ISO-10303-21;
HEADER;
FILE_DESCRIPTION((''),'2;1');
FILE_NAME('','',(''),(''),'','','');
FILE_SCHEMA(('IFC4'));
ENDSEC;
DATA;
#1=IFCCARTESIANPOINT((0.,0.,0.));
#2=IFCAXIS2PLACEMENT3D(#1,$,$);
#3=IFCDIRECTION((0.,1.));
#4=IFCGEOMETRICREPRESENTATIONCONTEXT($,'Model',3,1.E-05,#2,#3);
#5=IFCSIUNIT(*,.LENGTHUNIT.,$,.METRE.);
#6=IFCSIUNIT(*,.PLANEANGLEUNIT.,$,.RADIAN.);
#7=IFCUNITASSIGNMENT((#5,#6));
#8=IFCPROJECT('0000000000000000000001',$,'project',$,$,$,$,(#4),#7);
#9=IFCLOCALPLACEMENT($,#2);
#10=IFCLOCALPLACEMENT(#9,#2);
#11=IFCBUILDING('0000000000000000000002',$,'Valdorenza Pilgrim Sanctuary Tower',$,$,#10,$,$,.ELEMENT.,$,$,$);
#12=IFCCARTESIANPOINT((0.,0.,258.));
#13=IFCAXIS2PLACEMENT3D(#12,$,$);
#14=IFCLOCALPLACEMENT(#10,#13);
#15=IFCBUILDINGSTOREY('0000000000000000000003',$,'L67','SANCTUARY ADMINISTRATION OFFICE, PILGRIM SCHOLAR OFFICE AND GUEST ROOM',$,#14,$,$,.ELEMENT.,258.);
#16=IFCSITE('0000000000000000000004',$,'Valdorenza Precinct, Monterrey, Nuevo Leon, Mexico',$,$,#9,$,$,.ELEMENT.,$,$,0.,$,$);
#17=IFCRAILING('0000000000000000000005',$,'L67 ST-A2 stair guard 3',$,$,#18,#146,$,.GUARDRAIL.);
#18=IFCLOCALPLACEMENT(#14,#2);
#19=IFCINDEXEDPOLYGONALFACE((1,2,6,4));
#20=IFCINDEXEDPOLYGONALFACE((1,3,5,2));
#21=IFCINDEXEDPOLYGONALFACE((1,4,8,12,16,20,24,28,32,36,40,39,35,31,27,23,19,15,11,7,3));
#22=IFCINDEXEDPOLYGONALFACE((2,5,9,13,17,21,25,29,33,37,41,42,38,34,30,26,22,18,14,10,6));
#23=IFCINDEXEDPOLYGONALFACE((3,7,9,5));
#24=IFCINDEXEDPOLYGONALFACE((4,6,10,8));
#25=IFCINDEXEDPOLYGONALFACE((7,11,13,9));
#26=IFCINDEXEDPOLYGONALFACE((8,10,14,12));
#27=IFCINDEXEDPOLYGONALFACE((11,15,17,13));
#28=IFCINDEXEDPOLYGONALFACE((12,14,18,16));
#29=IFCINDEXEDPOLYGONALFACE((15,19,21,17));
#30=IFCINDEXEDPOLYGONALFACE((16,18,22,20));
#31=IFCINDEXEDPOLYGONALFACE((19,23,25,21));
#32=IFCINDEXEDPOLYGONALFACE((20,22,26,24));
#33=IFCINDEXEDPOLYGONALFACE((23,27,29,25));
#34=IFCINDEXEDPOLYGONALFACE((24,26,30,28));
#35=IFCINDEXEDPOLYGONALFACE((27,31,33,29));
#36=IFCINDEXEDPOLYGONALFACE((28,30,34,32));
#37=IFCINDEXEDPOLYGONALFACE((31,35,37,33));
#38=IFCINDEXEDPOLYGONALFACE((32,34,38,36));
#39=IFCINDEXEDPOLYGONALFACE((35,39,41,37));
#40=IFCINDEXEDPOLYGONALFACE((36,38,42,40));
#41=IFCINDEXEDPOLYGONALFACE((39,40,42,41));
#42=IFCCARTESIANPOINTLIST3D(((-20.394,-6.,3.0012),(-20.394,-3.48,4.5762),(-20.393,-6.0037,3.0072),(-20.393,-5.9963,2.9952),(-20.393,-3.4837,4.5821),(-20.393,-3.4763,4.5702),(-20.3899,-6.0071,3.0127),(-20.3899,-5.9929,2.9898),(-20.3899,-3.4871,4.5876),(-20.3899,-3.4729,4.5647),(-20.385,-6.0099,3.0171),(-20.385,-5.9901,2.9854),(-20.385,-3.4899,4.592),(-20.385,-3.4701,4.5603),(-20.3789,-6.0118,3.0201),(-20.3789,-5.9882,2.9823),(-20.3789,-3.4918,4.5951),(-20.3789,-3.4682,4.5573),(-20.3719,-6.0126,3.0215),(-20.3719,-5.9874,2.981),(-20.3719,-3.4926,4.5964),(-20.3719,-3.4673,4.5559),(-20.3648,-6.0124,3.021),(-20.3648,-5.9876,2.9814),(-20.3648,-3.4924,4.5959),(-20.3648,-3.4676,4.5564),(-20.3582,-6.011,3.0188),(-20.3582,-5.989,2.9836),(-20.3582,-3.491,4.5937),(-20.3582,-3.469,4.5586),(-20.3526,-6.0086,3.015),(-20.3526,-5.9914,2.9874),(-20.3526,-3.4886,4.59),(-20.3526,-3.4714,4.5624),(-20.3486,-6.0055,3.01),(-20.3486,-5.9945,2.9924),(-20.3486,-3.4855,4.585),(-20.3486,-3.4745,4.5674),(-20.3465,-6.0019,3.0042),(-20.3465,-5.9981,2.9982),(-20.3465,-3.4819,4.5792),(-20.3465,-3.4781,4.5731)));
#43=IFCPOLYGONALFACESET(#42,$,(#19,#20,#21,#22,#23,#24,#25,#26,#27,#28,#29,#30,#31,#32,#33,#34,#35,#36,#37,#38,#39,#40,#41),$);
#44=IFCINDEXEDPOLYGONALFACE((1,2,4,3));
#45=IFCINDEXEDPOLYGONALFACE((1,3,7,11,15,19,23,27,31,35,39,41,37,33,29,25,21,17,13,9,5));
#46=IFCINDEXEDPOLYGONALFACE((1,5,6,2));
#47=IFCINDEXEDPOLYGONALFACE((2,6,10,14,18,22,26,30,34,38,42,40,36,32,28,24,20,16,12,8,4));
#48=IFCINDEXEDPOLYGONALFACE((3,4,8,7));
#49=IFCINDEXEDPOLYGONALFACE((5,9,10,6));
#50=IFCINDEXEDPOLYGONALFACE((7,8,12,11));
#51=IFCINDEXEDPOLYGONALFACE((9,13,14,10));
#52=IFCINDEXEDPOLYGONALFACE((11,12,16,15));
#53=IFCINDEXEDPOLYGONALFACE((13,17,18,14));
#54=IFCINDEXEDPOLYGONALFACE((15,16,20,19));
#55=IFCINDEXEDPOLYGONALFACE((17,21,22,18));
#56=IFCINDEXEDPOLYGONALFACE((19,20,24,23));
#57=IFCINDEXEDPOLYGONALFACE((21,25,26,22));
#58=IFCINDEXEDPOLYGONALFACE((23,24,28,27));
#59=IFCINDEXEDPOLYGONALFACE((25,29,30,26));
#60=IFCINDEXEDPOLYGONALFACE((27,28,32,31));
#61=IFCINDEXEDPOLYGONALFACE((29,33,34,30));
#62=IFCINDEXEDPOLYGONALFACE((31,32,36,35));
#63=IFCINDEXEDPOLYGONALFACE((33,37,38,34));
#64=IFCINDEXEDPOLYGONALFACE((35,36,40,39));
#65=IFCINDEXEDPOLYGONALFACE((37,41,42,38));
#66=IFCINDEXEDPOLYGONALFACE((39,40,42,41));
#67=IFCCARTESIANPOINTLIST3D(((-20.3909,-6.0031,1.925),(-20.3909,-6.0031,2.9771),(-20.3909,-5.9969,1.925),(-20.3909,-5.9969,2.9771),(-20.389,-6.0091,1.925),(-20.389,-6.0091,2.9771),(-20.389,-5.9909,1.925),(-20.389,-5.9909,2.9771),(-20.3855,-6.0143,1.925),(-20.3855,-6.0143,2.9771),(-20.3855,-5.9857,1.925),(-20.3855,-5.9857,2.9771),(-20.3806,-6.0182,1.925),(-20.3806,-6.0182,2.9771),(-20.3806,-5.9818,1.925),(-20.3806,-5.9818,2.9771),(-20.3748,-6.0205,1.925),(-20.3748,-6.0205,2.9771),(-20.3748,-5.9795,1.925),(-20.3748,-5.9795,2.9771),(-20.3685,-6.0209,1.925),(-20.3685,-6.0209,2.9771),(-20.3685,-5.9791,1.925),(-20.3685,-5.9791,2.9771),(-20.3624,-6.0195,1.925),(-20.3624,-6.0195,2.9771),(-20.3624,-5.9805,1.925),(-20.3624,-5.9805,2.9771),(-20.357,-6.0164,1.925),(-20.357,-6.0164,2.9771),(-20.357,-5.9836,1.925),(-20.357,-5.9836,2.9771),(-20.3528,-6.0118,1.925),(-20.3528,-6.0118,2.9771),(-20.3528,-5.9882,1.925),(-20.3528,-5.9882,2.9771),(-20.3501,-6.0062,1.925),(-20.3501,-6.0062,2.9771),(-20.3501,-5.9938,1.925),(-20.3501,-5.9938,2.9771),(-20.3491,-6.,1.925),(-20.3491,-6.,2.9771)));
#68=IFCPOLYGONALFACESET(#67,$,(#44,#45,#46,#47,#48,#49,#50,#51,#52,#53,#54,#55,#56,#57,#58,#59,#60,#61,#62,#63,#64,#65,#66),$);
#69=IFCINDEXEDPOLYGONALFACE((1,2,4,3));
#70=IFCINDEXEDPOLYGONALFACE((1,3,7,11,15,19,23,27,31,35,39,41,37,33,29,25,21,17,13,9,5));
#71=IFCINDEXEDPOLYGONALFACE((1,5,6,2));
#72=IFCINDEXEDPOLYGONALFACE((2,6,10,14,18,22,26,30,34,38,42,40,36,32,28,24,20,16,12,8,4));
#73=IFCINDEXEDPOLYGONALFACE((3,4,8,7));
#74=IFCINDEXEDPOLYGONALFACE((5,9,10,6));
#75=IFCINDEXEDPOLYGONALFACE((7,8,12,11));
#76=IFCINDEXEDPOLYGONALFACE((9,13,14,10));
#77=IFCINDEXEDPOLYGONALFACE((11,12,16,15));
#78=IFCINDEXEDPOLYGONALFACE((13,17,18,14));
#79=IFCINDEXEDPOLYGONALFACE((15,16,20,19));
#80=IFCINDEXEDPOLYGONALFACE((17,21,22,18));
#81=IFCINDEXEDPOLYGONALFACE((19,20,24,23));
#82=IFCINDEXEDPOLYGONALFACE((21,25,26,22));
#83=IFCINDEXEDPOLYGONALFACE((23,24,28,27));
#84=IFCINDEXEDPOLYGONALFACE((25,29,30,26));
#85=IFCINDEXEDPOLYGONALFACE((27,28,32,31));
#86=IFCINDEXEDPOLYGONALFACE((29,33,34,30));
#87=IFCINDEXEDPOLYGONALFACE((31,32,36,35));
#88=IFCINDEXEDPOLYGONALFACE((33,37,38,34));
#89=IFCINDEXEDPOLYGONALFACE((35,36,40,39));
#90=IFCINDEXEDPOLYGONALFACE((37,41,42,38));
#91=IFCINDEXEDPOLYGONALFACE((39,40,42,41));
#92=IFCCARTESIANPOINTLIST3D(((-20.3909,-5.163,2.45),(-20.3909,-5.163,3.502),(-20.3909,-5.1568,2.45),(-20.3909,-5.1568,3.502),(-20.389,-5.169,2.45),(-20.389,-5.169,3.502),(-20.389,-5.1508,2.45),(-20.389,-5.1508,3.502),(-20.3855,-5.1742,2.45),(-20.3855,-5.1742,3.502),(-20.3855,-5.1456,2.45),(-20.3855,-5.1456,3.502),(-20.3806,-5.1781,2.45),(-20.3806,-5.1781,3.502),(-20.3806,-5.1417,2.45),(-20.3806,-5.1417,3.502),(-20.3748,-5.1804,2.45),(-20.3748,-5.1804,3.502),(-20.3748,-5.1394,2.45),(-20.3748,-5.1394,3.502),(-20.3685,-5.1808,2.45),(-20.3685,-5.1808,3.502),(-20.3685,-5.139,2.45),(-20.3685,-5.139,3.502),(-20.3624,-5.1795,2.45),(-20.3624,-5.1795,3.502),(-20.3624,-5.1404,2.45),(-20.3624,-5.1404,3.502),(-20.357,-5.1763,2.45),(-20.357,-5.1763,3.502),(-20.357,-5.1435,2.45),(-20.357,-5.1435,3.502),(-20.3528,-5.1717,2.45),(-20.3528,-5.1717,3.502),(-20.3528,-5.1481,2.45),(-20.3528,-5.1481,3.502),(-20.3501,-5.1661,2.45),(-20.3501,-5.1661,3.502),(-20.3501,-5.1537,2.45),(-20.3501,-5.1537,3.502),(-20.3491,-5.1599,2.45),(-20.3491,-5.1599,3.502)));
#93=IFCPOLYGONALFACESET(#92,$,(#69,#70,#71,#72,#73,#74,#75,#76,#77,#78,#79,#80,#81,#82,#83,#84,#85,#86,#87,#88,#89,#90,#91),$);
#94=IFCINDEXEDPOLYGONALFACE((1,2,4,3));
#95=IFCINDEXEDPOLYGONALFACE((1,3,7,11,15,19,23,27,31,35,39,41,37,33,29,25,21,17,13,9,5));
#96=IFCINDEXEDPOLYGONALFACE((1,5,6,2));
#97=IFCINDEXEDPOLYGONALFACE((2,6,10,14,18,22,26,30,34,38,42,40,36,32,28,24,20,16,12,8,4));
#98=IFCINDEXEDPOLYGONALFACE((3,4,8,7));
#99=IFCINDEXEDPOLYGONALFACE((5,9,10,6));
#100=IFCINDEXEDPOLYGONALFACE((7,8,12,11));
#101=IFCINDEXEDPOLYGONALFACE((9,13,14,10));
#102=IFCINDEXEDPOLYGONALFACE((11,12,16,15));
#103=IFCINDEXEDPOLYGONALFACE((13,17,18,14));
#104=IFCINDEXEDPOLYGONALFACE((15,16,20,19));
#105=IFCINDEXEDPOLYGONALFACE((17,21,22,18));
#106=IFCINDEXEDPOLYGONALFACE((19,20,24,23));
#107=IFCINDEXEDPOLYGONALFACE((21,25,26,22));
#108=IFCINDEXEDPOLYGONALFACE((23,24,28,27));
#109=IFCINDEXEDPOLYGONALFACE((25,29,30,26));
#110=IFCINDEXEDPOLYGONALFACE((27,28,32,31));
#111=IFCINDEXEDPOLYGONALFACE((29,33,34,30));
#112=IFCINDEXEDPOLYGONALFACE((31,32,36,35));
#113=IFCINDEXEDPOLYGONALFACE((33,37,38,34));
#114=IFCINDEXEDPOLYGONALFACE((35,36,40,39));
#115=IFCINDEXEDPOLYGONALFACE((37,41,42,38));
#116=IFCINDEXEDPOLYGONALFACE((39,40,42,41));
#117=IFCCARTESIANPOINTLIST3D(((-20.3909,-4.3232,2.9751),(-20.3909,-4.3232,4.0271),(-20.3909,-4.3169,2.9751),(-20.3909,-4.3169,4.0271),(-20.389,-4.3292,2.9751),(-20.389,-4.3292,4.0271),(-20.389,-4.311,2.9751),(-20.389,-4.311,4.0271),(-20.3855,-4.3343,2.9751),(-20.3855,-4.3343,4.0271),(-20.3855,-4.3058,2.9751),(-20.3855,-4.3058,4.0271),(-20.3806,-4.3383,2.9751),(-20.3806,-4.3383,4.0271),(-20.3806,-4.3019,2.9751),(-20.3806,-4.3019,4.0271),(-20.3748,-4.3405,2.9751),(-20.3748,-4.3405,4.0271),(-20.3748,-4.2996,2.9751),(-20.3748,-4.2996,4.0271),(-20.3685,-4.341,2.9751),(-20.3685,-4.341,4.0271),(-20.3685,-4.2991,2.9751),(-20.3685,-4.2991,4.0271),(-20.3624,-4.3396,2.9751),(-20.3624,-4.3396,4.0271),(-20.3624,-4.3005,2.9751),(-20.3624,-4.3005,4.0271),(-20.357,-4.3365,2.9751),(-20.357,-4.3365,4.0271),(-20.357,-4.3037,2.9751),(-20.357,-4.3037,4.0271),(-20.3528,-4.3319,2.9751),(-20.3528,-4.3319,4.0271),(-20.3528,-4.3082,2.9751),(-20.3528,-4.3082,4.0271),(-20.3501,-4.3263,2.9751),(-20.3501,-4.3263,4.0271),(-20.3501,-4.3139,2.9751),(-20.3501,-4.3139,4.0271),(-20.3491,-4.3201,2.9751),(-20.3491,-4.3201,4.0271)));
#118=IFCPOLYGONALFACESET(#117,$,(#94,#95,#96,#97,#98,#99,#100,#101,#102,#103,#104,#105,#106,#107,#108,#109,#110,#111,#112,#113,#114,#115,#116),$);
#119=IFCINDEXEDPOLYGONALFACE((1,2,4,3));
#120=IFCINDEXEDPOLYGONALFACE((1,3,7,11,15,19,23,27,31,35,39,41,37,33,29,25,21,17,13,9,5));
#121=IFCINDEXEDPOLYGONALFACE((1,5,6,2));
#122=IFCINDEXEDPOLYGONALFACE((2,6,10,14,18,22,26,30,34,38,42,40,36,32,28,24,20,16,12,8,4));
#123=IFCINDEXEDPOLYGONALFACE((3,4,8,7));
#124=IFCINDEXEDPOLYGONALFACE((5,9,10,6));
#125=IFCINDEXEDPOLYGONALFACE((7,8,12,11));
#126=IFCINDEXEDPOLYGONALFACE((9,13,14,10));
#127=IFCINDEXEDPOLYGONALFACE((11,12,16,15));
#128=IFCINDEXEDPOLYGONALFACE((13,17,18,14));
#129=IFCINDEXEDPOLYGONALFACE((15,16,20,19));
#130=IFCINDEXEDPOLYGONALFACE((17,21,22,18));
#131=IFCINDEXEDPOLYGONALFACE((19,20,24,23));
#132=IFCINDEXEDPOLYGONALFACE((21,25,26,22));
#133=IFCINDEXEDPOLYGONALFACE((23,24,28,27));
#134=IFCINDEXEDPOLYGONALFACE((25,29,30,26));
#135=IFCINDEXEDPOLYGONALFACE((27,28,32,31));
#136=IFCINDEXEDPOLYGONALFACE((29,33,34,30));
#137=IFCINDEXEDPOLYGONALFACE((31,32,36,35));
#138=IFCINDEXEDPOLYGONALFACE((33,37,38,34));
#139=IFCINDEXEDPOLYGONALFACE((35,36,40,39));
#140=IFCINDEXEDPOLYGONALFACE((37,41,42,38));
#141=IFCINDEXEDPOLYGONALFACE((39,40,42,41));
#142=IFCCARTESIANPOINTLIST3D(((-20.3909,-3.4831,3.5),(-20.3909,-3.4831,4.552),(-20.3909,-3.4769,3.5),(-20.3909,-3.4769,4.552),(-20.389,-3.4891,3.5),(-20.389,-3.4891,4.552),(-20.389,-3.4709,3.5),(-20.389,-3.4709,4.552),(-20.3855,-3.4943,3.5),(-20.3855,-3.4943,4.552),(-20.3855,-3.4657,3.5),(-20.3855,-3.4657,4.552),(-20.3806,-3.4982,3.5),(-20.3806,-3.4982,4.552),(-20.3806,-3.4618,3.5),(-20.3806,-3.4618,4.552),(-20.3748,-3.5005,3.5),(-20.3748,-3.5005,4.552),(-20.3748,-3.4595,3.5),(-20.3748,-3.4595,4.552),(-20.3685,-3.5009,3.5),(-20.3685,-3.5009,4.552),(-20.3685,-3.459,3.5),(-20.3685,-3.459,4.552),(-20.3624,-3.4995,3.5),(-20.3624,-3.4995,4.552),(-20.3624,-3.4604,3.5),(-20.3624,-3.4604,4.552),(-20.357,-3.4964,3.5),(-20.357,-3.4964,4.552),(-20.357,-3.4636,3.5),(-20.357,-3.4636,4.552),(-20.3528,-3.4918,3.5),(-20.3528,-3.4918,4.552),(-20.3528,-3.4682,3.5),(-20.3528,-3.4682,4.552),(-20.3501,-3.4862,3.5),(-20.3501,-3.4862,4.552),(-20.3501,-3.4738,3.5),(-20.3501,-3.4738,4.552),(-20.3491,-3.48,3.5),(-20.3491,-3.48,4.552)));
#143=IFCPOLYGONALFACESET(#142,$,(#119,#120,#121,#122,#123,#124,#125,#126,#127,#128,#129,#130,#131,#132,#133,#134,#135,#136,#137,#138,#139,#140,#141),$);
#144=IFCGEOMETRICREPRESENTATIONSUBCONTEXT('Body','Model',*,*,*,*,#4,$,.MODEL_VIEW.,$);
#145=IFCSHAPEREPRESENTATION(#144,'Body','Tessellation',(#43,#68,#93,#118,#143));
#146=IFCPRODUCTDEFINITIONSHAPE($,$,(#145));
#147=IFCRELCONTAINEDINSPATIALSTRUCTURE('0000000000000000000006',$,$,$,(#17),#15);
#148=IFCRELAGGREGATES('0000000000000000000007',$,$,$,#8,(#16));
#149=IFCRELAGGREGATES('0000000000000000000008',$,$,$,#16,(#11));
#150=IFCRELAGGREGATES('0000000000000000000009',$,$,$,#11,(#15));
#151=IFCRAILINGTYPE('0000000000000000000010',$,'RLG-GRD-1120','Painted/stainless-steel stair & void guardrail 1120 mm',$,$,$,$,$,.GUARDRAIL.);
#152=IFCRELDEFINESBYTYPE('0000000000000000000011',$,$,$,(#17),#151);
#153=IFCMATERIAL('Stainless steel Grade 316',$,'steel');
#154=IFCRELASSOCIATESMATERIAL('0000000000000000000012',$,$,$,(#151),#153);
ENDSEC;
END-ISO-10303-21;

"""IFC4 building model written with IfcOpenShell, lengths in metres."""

from ifc_helpers import new_model, si_unit, direction, frame, origin, origin_2d, place, context, subcontext, project, spatial, circle, extrude, material, type_object, element, save


model = new_model("IFC4")

# Units and contexts
model_context = context("Model", 3, precision=1e-05, world=origin(), true_north=direction((0.0, 1.0)))
body_context = subcontext(model_context, "Body", "Model", "MODEL_VIEW")
ifc_project = project(units=[si_unit("LENGTHUNIT", "METRE"), si_unit("PLANEANGLEUNIT", "RADIAN")], contexts=[model_context])

# Site, building, storey
site_placement = place(None, origin())
site = spatial("IfcSite", under=ifc_project, at=site_placement, Name="Valdorenza Precinct, Monterrey, Nuevo Leon, Mexico", CompositionType="ELEMENT", RefElevation=0.0)
building_placement = place(site_placement, origin())
building = spatial("IfcBuilding", under=site, at=building_placement, Name="Valdorenza Pilgrim Sanctuary Tower", CompositionType="ELEMENT")
storey_placement = place(building_placement, frame((0.0, 0.0, 258.0)))
storey = spatial("IfcBuildingStorey", under=building, at=storey_placement, Name="L67", Description="SANCTUARY ADMINISTRATION OFFICE, PILGRIM SCHOLAR OFFICE AND GUEST ROOM", CompositionType="ELEMENT", Elevation=258.0)

# Railing
ifc_material_1 = material(Name="Stainless steel Grade 316", Category="steel")
railing_type_1 = type_object("IfcRailingType", Name="RLG-GRD-1120", Description="Painted/stainless-steel stair & void guardrail 1120 mm", PredefinedType="GUARDRAIL", material=ifc_material_1)
railing_1_placement = place(storey_placement, frame((-20.3701, -6.0, 1.925)))
element("IfcRailing", 1, at=railing_1_placement, inside=storey, type_object=railing_type_1, Name="L67 ST-A2 stair guard 3", PredefinedType="GUARDRAIL", context=body_context, shape_type="SweptSolid", body=[
    extrude(circle(Radius=0.0239, at=origin_2d()), frame((0.0, 0.0, 1.0762), z_axis=(0.0, 0.848008, 0.529984), x_axis=(-1.0, 0.0, 0.0)), (0.0, 0.0, 1.0), 2.9717),
    extrude(circle(Radius=0.021, at=origin_2d()), origin(), (0.0, 0.0, 1.0), 1.052),
    extrude(circle(Radius=0.021, at=origin_2d()), frame((0.0, 0.8401, 0.5249)), (0.0, 0.0, 1.0), 1.052),
    extrude(circle(Radius=0.021, at=origin_2d()), frame((0.0, 1.6799, 1.05)), (0.0, 0.0, 1.0), 1.052),
    extrude(circle(Radius=0.021, at=origin_2d()), frame((0.0, 2.52, 1.575)), (0.0, 0.0, 1.0), 1.052),
])

save(model, "model.ifc")
